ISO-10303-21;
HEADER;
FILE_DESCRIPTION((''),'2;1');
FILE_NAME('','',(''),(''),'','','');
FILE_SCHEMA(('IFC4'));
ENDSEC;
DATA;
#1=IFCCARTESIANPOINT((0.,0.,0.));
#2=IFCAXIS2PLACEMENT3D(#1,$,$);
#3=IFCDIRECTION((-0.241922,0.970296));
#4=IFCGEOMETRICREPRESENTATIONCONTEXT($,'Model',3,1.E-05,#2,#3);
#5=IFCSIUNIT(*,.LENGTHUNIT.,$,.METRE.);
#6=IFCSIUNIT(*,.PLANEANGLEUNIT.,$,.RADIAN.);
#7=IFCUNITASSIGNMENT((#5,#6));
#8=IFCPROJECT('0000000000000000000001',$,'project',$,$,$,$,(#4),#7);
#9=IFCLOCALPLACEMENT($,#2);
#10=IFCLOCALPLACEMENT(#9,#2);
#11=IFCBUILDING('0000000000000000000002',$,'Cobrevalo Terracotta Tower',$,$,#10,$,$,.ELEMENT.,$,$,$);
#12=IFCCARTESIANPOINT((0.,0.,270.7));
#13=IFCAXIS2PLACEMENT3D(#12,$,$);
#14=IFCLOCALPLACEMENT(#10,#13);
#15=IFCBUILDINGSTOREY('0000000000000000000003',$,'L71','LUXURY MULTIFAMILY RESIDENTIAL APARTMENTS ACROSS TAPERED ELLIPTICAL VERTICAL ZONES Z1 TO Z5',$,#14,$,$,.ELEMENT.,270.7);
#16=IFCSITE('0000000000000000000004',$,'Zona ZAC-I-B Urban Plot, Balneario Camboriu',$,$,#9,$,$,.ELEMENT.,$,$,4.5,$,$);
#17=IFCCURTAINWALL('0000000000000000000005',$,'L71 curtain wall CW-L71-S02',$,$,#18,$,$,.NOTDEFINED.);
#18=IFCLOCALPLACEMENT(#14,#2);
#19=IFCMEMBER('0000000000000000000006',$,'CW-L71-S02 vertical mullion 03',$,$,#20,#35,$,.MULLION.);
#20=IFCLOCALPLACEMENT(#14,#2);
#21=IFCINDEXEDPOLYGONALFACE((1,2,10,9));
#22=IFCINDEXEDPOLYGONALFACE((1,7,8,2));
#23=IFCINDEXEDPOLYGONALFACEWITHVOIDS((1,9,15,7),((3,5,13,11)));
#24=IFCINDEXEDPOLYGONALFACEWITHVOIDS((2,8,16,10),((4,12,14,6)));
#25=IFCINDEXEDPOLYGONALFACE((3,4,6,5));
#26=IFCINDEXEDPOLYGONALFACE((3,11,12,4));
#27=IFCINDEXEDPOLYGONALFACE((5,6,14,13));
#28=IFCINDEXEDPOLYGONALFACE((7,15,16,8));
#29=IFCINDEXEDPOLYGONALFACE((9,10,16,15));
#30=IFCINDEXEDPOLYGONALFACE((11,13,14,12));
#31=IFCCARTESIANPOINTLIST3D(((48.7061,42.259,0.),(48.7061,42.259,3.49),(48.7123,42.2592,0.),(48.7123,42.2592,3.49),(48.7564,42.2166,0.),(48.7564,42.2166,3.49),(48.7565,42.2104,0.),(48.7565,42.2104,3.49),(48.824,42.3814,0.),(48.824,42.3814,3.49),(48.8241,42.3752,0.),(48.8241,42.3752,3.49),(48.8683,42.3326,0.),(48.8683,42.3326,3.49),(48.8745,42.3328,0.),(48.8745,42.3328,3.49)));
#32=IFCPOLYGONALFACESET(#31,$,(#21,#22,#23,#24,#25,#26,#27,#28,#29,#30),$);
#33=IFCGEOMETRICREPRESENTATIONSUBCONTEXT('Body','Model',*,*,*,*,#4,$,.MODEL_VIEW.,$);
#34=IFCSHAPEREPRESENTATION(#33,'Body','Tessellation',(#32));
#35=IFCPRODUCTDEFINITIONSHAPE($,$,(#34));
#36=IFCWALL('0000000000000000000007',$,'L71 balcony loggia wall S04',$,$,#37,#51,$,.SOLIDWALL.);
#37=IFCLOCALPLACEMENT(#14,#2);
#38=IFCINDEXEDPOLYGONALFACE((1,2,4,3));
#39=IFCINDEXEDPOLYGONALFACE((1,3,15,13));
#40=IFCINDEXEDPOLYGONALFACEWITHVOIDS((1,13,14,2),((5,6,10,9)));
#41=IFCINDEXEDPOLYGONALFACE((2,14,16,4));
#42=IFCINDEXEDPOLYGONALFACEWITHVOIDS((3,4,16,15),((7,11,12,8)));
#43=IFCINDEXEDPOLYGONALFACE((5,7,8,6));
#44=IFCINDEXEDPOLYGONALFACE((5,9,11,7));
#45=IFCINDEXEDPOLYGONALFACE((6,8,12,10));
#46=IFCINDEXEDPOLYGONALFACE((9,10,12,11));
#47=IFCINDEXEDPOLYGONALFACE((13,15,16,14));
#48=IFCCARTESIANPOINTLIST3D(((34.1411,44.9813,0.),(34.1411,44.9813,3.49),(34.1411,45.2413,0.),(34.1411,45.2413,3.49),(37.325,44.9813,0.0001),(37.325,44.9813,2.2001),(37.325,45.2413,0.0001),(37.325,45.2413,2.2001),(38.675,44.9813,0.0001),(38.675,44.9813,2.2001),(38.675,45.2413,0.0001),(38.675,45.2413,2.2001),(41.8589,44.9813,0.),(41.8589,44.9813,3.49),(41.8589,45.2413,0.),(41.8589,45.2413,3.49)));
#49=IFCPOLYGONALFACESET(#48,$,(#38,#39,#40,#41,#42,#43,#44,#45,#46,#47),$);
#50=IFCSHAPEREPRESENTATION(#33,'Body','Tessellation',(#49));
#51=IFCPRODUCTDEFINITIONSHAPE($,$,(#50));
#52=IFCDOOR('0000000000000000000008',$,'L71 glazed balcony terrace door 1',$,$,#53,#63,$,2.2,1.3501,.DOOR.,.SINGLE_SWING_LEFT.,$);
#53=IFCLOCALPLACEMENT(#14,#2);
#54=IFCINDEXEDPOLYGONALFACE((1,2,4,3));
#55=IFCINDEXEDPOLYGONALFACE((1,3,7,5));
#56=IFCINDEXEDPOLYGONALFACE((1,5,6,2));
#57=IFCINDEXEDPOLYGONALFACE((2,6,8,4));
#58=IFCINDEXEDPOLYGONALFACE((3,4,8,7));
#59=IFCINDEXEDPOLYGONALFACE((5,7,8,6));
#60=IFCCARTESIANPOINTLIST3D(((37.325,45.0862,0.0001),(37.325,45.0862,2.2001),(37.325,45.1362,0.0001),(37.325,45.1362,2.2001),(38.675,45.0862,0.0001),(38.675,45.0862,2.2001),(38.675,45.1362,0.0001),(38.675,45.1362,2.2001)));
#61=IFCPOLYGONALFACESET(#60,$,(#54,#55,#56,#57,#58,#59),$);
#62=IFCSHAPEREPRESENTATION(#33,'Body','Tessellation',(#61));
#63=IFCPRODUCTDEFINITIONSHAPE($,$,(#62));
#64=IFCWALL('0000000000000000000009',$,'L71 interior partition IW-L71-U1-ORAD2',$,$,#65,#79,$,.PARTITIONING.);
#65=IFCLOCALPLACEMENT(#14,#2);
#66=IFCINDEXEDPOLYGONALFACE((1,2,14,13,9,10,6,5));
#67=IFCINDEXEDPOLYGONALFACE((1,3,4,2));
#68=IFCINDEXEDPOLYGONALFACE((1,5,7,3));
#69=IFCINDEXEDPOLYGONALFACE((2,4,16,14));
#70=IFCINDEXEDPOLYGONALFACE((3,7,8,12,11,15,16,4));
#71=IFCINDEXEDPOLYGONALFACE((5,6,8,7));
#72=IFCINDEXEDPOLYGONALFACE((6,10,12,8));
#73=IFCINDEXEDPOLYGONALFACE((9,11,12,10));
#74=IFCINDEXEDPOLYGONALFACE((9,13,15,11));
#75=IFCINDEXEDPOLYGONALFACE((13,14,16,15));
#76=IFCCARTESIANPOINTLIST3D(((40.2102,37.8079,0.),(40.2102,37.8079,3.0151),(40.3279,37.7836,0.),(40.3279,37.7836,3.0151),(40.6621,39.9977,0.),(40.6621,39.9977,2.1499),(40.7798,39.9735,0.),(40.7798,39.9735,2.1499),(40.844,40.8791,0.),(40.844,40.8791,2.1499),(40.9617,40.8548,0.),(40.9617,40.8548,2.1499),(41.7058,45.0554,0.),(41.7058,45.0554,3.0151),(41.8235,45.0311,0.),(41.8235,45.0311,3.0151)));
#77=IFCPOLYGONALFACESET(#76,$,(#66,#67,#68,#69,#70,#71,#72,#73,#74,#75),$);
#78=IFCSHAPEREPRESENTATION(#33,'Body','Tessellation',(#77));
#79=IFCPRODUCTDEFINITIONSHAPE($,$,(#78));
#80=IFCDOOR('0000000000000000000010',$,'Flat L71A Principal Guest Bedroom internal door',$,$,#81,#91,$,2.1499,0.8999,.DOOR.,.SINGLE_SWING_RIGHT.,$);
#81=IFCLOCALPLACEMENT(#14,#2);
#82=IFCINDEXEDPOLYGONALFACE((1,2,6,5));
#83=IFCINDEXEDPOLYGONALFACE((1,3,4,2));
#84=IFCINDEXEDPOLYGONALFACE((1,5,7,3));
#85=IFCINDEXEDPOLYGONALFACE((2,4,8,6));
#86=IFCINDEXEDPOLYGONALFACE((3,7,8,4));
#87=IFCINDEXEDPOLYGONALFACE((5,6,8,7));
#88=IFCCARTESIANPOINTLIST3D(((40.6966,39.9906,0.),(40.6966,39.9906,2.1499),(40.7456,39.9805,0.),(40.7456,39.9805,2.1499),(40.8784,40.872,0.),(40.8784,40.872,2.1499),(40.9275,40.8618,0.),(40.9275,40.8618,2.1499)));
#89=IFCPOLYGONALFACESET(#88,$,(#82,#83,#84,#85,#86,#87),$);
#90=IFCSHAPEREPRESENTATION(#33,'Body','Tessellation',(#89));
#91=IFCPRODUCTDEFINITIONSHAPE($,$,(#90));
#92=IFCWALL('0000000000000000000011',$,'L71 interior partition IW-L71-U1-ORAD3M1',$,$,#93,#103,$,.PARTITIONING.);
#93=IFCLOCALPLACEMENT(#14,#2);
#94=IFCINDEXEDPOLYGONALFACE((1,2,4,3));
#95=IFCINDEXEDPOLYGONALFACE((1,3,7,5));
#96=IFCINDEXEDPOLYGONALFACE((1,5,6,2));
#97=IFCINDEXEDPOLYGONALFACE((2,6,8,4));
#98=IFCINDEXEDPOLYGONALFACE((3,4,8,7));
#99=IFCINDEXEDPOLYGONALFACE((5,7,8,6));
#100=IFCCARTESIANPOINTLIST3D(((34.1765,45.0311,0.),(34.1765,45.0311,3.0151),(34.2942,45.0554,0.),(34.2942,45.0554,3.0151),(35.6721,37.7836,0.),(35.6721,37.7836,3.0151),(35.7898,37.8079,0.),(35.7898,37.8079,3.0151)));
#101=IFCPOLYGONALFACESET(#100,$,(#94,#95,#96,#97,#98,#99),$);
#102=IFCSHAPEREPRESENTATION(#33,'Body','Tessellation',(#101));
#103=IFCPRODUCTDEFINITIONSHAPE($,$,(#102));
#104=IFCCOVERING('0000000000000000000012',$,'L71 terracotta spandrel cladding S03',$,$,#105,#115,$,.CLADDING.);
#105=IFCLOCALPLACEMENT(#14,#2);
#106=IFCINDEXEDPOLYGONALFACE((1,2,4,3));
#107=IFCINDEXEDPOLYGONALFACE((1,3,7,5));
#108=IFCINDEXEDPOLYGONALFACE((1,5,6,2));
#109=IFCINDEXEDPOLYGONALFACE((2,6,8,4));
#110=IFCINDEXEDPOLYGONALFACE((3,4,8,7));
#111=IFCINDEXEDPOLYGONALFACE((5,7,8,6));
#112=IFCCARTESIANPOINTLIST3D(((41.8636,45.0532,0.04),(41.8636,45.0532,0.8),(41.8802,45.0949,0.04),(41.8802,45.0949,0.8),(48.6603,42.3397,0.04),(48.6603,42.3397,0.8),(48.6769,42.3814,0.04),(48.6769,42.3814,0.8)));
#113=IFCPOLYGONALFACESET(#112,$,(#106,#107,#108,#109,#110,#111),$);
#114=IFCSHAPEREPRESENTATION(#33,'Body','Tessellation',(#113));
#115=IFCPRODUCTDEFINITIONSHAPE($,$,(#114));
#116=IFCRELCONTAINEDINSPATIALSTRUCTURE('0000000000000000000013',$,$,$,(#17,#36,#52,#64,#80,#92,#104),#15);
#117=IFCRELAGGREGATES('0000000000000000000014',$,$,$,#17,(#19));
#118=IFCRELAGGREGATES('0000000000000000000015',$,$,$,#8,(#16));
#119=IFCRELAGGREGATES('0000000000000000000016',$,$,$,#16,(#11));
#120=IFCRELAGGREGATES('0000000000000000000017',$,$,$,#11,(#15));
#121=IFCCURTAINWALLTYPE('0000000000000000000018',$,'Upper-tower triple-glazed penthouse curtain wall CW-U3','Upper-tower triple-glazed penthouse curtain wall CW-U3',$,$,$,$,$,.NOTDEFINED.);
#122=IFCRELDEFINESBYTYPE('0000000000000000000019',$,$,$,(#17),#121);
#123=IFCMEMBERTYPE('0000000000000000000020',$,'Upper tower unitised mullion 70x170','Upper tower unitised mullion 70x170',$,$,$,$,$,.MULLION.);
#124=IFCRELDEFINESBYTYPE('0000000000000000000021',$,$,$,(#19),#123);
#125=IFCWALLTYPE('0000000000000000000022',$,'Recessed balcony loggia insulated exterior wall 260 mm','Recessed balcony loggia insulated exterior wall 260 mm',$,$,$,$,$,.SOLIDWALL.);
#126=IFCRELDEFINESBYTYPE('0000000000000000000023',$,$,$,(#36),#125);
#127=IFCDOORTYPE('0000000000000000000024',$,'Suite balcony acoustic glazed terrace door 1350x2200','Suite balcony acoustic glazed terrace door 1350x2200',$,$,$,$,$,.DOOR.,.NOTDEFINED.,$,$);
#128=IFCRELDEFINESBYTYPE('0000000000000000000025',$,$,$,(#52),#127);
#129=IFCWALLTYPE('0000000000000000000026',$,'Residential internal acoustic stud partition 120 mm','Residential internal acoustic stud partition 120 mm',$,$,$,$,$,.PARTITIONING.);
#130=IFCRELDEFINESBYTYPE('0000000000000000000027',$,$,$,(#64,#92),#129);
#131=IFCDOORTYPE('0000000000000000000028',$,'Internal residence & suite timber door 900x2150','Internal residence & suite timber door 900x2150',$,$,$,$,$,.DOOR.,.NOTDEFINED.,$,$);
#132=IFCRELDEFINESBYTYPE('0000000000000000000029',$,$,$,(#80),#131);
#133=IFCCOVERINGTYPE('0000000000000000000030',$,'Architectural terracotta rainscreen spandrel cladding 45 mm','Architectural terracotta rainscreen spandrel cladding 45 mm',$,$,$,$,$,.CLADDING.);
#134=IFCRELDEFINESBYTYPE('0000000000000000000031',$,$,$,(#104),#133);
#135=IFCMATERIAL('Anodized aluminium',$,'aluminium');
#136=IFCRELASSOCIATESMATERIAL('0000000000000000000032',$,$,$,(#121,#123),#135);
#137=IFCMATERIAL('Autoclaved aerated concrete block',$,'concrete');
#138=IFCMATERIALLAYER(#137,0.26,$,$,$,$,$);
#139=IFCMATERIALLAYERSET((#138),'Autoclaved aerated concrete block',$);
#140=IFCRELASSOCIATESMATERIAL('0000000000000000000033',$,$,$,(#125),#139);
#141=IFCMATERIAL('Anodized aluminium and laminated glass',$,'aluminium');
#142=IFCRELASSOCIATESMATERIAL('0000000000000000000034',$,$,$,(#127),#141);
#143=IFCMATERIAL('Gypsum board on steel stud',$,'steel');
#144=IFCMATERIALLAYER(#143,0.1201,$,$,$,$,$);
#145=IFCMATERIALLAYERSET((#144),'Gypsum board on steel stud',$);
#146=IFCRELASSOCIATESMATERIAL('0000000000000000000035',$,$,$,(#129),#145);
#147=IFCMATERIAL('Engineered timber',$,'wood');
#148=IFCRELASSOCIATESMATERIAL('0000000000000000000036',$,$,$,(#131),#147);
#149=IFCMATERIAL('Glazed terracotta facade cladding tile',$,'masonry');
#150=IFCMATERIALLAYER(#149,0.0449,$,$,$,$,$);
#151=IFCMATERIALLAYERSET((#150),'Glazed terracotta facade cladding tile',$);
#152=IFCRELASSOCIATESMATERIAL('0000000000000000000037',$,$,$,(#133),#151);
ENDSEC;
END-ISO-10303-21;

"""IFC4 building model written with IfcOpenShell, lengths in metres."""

from ifc_helpers import new_model, si_unit, direction, frame, frame_2d, origin, origin_2d, place, context, subcontext, project, spatial, rectangle, hollow_rectangle, extrude, source, transform, mapped, material, layer, layer_set, material_profile, profile_set, type_object, element, fill, aggregate, save


model = new_model("IFC4")

# Units and contexts
model_context = context("Model", 3, precision=1e-05, world=origin(), true_north=direction((-0.241922, 0.970296)))
body_context = subcontext(model_context, "Body", "Model", "MODEL_VIEW")
ifc_project = project(units=[si_unit("LENGTHUNIT", "METRE"), si_unit("PLANEANGLEUNIT", "RADIAN")], contexts=[model_context])

# Site, building, storey
site_placement = place(None, origin())
site = spatial("IfcSite", under=ifc_project, at=site_placement, Name="Zona ZAC-I-B Urban Plot, Balneario Camboriu", CompositionType="ELEMENT", RefElevation=4.5)
building_placement = place(site_placement, origin())
building = spatial("IfcBuilding", under=site, at=building_placement, Name="Cobrevalo Terracotta Tower", CompositionType="ELEMENT")
storey_placement = place(building_placement, frame((0.0, 0.0, 270.7)))
storey = spatial("IfcBuildingStorey", under=building, at=storey_placement, Name="L71", Description="LUXURY MULTIFAMILY RESIDENTIAL APARTMENTS ACROSS TAPERED ELLIPTICAL VERTICAL ZONES Z1 TO Z5", CompositionType="ELEMENT", Elevation=270.7)

# Curtain wall, member
ifc_material_1 = material(Name="Anodized aluminium", Category="aluminium")
curtain_wall_type = type_object("IfcCurtainWallType", Name="Upper-tower triple-glazed penthouse curtain wall CW-U3", Description="Upper-tower triple-glazed penthouse curtain wall CW-U3", PredefinedType="NOTDEFINED", material=ifc_material_1)
curtain_wall_placement = place(storey_placement, origin())
curtain_wall = element("IfcCurtainWall", 1, at=curtain_wall_placement, inside=storey, type_object=curtain_wall_type, Name="L71 curtain wall CW-L71-S02", PredefinedType="NOTDEFINED")
ifc_material_profile_1 = material_profile(ifc_material_1, hollow_rectangle(XDim=0.0701, YDim=0.1699, WallThickness=0.0044, at=origin_2d()), Name="CWM 70x170")
ifc_profile_set_1 = profile_set([ifc_material_profile_1], Name="Anodized aluminium")
member_type = type_object("IfcMemberType", Name="Upper tower unitised mullion 70x170", Description="Upper tower unitised mullion 70x170", PredefinedType="MULLION", material=ifc_profile_set_1)
shared_shape_1 = source(origin(), body_context, "Body", "SweptSolid", [
    extrude(hollow_rectangle(XDim=0.0701, YDim=0.1699, WallThickness=0.0044, at=origin_2d()), origin(), (0.0, 0.0, 1.0), 3.49),
])
member_placement = place(storey_placement, frame((48.7903, 42.2959, 0.0), z_axis=(0.0, 0.0, 1.0), x_axis=(-0.719994, 0.69398, 0.0)))
member = element("IfcMember", 2, at=member_placement, type_object=member_type, Name="CW-L71-S02 vertical mullion 03", PredefinedType="MULLION", context=body_context, shape_type="MappedRepresentation", body=[
    mapped(shared_shape_1, transform((0.0, 0.0, 0.0), scale=1.0)),
])
aggregate(curtain_wall, [member])

# Walls, openings, doors
ifc_material_2 = material(Name="Autoclaved aerated concrete block", Category="concrete")
ifc_layer_1 = layer(ifc_material_2, 0.26)
ifc_layer_set_1 = layer_set([ifc_layer_1], Name="Autoclaved aerated concrete block")
wall_type_1 = type_object("IfcWallType", Name="Recessed balcony loggia insulated exterior wall 260 mm", Description="Recessed balcony loggia insulated exterior wall 260 mm", PredefinedType="SOLIDWALL", material=ifc_layer_set_1)
wall_1_placement = place(storey_placement, frame((41.8589, 45.1113, 0.0), z_axis=(0.0, 0.0, 1.0), x_axis=(-1.0, 0.0, 0.0)))
wall_1 = element("IfcWall", 3, at=wall_1_placement, inside=storey, type_object=wall_type_1, Name="L71 balcony loggia wall S04", PredefinedType="SOLIDWALL", context=body_context, shape_type="SweptSolid", body=[
    extrude(rectangle(XDim=7.7178, YDim=0.26, at=frame_2d((3.8589, 0.0))), origin(), (0.0, 0.0, 1.0), 3.49),
])
opening_1_placement = place(wall_1_placement, frame((3.1838, 0.0, 0.0)))
opening_1 = element("IfcOpeningElement", 4, at=opening_1_placement, cuts=wall_1, PredefinedType="OPENING", context=body_context, shape_type="SweptSolid", body=[
    extrude(rectangle(XDim=1.3501, YDim=2.2, at=frame_2d((0.675, 1.1001))), frame((0.0, 0.1401, 0.0), z_axis=(0.0, -1.0, 0.0), x_axis=(1.0, 0.0, 0.0)), (0.0, 0.0, 1.0), 0.28),
])
ifc_material_3 = material(Name="Anodized aluminium and laminated glass", Category="aluminium")
door_type_1 = type_object("IfcDoorType", Name="Suite balcony acoustic glazed terrace door 1350x2200", Description="Suite balcony acoustic glazed terrace door 1350x2200", OperationType="NOTDEFINED", PredefinedType="DOOR", material=ifc_material_3)
shared_shape_2 = source(origin(), body_context, "Body", "SweptSolid", [
    extrude(rectangle(XDim=1.3501, YDim=2.2, at=frame_2d((0.675, 1.1001))), frame((0.0, 0.0249, 0.0), z_axis=(0.0, -1.0, 0.0), x_axis=(1.0, 0.0, 0.0)), (0.0, 0.0, 1.0), 0.05),
])
door_1_placement = place(opening_1_placement, frame((1.3501, 0.0, 0.0), z_axis=(0.0, 0.0, 1.0), x_axis=(-1.0, 0.0, 0.0)))
door_1 = element("IfcDoor", 5, at=door_1_placement, inside=storey, type_object=door_type_1, Name="L71 glazed balcony terrace door 1", OperationType="SINGLE_SWING_LEFT", OverallHeight=2.2, OverallWidth=1.3501, PredefinedType="DOOR", context=body_context, shape_type="MappedRepresentation", body=[
    mapped(shared_shape_2, transform((0.0, 0.0, 0.0), scale=1.0)),
])
fill(opening_1, door_1)
ifc_material_4 = material(Name="Gypsum board on steel stud", Category="steel")
ifc_layer_2 = layer(ifc_material_4, 0.1201)
ifc_layer_set_2 = layer_set([ifc_layer_2], Name="Gypsum board on steel stud")
wall_type_2 = type_object("IfcWallType", Name="Residential internal acoustic stud partition 120 mm", Description="Residential internal acoustic stud partition 120 mm", PredefinedType="PARTITIONING", material=ifc_layer_set_2)
wall_2_placement = place(storey_placement, frame((40.269, 37.7957, 0.0), z_axis=(0.0, 0.0, 1.0), x_axis=(0.202102, 0.979365, 0.0)))
wall_2 = element("IfcWall", 6, at=wall_2_placement, inside=storey, type_object=wall_type_2, Name="L71 interior partition IW-L71-U1-ORAD2", PredefinedType="PARTITIONING", context=body_context, shape_type="SweptSolid", body=[
    extrude(rectangle(XDim=7.4001, YDim=0.1201, at=frame_2d((3.7002, 0.0))), origin(), (0.0, 0.0, 1.0), 3.0151),
])
opening_2_placement = place(wall_2_placement, frame((2.2361, 0.0, 0.0)))
opening_2 = element("IfcOpeningElement", 7, at=opening_2_placement, cuts=wall_2, PredefinedType="OPENING", context=body_context, shape_type="SweptSolid", body=[
    extrude(rectangle(XDim=0.8999, YDim=2.1499, at=frame_2d((0.45, 1.075))), frame((0.0, 0.0701, 0.0), z_axis=(0.0, -1.0, 0.0), x_axis=(1.0, 0.0, 0.0)), (0.0, 0.0, 1.0), 0.1401),
])
ifc_material_5 = material(Name="Engineered timber", Category="wood")
door_type_2 = type_object("IfcDoorType", Name="Internal residence & suite timber door 900x2150", Description="Internal residence & suite timber door 900x2150", OperationType="NOTDEFINED", PredefinedType="DOOR", material=ifc_material_5)
shared_shape_3 = source(origin(), body_context, "Body", "SweptSolid", [
    extrude(rectangle(XDim=0.8999, YDim=2.1499, at=frame_2d((0.45, 1.075))), frame((0.0, 0.0249, 0.0), z_axis=(0.0, -1.0, 0.0), x_axis=(1.0, 0.0, 0.0)), (0.0, 0.0, 1.0), 0.05),
])
door_2_placement = place(opening_2_placement, origin())
door_2 = element("IfcDoor", 8, at=door_2_placement, inside=storey, type_object=door_type_2, Name="Flat L71A Principal Guest Bedroom internal door", OperationType="SINGLE_SWING_RIGHT", OverallHeight=2.1499, OverallWidth=0.8999, PredefinedType="DOOR", context=body_context, shape_type="MappedRepresentation", body=[
    mapped(shared_shape_3, transform((0.0, 0.0, 0.0), scale=1.0)),
])
fill(opening_2, door_2)

# Wall
wall_3_placement = place(storey_placement, frame((35.731, 37.7957, 0.0), z_axis=(0.0, 0.0, 1.0), x_axis=(-0.202102, 0.979365, 0.0)))
element("IfcWall", 9, at=wall_3_placement, inside=storey, type_object=wall_type_2, Name="L71 interior partition IW-L71-U1-ORAD3M1", PredefinedType="PARTITIONING", context=body_context, shape_type="SweptSolid", body=[
    extrude(rectangle(XDim=7.4001, YDim=0.1201, at=frame_2d((3.7002, 0.0))), origin(), (0.0, 0.0, 1.0), 3.0151),
])

# Covering
ifc_material_6 = material(Name="Glazed terracotta facade cladding tile", Category="masonry")
ifc_layer_3 = layer(ifc_material_6, 0.0449)
ifc_layer_set_3 = layer_set([ifc_layer_3], Name="Glazed terracotta facade cladding tile")
covering_type = type_object("IfcCoveringType", Name="Architectural terracotta rainscreen spandrel cladding 45 mm", Description="Architectural terracotta rainscreen spandrel cladding 45 mm", PredefinedType="CLADDING", material=ifc_layer_set_3)
shared_shape_4 = source(origin(), body_context, "Body", "SweptSolid", [
    extrude(rectangle(XDim=7.3184, YDim=0.0449, at=origin_2d()), origin(), (0.0, 0.0, 1.0), 0.76),
])
covering_placement = place(storey_placement, frame((45.2703, 43.7173, 0.04), z_axis=(0.0, 0.0, 1.0), x_axis=(-0.928718, 0.370786, 0.0)))
element("IfcCovering", 10, at=covering_placement, inside=storey, type_object=covering_type, Name="L71 terracotta spandrel cladding S03", PredefinedType="CLADDING", context=body_context, shape_type="MappedRepresentation", body=[
    mapped(shared_shape_4, transform((0.0, 0.0, 0.0), scale=1.0)),
])

save(model, "model.ifc")
